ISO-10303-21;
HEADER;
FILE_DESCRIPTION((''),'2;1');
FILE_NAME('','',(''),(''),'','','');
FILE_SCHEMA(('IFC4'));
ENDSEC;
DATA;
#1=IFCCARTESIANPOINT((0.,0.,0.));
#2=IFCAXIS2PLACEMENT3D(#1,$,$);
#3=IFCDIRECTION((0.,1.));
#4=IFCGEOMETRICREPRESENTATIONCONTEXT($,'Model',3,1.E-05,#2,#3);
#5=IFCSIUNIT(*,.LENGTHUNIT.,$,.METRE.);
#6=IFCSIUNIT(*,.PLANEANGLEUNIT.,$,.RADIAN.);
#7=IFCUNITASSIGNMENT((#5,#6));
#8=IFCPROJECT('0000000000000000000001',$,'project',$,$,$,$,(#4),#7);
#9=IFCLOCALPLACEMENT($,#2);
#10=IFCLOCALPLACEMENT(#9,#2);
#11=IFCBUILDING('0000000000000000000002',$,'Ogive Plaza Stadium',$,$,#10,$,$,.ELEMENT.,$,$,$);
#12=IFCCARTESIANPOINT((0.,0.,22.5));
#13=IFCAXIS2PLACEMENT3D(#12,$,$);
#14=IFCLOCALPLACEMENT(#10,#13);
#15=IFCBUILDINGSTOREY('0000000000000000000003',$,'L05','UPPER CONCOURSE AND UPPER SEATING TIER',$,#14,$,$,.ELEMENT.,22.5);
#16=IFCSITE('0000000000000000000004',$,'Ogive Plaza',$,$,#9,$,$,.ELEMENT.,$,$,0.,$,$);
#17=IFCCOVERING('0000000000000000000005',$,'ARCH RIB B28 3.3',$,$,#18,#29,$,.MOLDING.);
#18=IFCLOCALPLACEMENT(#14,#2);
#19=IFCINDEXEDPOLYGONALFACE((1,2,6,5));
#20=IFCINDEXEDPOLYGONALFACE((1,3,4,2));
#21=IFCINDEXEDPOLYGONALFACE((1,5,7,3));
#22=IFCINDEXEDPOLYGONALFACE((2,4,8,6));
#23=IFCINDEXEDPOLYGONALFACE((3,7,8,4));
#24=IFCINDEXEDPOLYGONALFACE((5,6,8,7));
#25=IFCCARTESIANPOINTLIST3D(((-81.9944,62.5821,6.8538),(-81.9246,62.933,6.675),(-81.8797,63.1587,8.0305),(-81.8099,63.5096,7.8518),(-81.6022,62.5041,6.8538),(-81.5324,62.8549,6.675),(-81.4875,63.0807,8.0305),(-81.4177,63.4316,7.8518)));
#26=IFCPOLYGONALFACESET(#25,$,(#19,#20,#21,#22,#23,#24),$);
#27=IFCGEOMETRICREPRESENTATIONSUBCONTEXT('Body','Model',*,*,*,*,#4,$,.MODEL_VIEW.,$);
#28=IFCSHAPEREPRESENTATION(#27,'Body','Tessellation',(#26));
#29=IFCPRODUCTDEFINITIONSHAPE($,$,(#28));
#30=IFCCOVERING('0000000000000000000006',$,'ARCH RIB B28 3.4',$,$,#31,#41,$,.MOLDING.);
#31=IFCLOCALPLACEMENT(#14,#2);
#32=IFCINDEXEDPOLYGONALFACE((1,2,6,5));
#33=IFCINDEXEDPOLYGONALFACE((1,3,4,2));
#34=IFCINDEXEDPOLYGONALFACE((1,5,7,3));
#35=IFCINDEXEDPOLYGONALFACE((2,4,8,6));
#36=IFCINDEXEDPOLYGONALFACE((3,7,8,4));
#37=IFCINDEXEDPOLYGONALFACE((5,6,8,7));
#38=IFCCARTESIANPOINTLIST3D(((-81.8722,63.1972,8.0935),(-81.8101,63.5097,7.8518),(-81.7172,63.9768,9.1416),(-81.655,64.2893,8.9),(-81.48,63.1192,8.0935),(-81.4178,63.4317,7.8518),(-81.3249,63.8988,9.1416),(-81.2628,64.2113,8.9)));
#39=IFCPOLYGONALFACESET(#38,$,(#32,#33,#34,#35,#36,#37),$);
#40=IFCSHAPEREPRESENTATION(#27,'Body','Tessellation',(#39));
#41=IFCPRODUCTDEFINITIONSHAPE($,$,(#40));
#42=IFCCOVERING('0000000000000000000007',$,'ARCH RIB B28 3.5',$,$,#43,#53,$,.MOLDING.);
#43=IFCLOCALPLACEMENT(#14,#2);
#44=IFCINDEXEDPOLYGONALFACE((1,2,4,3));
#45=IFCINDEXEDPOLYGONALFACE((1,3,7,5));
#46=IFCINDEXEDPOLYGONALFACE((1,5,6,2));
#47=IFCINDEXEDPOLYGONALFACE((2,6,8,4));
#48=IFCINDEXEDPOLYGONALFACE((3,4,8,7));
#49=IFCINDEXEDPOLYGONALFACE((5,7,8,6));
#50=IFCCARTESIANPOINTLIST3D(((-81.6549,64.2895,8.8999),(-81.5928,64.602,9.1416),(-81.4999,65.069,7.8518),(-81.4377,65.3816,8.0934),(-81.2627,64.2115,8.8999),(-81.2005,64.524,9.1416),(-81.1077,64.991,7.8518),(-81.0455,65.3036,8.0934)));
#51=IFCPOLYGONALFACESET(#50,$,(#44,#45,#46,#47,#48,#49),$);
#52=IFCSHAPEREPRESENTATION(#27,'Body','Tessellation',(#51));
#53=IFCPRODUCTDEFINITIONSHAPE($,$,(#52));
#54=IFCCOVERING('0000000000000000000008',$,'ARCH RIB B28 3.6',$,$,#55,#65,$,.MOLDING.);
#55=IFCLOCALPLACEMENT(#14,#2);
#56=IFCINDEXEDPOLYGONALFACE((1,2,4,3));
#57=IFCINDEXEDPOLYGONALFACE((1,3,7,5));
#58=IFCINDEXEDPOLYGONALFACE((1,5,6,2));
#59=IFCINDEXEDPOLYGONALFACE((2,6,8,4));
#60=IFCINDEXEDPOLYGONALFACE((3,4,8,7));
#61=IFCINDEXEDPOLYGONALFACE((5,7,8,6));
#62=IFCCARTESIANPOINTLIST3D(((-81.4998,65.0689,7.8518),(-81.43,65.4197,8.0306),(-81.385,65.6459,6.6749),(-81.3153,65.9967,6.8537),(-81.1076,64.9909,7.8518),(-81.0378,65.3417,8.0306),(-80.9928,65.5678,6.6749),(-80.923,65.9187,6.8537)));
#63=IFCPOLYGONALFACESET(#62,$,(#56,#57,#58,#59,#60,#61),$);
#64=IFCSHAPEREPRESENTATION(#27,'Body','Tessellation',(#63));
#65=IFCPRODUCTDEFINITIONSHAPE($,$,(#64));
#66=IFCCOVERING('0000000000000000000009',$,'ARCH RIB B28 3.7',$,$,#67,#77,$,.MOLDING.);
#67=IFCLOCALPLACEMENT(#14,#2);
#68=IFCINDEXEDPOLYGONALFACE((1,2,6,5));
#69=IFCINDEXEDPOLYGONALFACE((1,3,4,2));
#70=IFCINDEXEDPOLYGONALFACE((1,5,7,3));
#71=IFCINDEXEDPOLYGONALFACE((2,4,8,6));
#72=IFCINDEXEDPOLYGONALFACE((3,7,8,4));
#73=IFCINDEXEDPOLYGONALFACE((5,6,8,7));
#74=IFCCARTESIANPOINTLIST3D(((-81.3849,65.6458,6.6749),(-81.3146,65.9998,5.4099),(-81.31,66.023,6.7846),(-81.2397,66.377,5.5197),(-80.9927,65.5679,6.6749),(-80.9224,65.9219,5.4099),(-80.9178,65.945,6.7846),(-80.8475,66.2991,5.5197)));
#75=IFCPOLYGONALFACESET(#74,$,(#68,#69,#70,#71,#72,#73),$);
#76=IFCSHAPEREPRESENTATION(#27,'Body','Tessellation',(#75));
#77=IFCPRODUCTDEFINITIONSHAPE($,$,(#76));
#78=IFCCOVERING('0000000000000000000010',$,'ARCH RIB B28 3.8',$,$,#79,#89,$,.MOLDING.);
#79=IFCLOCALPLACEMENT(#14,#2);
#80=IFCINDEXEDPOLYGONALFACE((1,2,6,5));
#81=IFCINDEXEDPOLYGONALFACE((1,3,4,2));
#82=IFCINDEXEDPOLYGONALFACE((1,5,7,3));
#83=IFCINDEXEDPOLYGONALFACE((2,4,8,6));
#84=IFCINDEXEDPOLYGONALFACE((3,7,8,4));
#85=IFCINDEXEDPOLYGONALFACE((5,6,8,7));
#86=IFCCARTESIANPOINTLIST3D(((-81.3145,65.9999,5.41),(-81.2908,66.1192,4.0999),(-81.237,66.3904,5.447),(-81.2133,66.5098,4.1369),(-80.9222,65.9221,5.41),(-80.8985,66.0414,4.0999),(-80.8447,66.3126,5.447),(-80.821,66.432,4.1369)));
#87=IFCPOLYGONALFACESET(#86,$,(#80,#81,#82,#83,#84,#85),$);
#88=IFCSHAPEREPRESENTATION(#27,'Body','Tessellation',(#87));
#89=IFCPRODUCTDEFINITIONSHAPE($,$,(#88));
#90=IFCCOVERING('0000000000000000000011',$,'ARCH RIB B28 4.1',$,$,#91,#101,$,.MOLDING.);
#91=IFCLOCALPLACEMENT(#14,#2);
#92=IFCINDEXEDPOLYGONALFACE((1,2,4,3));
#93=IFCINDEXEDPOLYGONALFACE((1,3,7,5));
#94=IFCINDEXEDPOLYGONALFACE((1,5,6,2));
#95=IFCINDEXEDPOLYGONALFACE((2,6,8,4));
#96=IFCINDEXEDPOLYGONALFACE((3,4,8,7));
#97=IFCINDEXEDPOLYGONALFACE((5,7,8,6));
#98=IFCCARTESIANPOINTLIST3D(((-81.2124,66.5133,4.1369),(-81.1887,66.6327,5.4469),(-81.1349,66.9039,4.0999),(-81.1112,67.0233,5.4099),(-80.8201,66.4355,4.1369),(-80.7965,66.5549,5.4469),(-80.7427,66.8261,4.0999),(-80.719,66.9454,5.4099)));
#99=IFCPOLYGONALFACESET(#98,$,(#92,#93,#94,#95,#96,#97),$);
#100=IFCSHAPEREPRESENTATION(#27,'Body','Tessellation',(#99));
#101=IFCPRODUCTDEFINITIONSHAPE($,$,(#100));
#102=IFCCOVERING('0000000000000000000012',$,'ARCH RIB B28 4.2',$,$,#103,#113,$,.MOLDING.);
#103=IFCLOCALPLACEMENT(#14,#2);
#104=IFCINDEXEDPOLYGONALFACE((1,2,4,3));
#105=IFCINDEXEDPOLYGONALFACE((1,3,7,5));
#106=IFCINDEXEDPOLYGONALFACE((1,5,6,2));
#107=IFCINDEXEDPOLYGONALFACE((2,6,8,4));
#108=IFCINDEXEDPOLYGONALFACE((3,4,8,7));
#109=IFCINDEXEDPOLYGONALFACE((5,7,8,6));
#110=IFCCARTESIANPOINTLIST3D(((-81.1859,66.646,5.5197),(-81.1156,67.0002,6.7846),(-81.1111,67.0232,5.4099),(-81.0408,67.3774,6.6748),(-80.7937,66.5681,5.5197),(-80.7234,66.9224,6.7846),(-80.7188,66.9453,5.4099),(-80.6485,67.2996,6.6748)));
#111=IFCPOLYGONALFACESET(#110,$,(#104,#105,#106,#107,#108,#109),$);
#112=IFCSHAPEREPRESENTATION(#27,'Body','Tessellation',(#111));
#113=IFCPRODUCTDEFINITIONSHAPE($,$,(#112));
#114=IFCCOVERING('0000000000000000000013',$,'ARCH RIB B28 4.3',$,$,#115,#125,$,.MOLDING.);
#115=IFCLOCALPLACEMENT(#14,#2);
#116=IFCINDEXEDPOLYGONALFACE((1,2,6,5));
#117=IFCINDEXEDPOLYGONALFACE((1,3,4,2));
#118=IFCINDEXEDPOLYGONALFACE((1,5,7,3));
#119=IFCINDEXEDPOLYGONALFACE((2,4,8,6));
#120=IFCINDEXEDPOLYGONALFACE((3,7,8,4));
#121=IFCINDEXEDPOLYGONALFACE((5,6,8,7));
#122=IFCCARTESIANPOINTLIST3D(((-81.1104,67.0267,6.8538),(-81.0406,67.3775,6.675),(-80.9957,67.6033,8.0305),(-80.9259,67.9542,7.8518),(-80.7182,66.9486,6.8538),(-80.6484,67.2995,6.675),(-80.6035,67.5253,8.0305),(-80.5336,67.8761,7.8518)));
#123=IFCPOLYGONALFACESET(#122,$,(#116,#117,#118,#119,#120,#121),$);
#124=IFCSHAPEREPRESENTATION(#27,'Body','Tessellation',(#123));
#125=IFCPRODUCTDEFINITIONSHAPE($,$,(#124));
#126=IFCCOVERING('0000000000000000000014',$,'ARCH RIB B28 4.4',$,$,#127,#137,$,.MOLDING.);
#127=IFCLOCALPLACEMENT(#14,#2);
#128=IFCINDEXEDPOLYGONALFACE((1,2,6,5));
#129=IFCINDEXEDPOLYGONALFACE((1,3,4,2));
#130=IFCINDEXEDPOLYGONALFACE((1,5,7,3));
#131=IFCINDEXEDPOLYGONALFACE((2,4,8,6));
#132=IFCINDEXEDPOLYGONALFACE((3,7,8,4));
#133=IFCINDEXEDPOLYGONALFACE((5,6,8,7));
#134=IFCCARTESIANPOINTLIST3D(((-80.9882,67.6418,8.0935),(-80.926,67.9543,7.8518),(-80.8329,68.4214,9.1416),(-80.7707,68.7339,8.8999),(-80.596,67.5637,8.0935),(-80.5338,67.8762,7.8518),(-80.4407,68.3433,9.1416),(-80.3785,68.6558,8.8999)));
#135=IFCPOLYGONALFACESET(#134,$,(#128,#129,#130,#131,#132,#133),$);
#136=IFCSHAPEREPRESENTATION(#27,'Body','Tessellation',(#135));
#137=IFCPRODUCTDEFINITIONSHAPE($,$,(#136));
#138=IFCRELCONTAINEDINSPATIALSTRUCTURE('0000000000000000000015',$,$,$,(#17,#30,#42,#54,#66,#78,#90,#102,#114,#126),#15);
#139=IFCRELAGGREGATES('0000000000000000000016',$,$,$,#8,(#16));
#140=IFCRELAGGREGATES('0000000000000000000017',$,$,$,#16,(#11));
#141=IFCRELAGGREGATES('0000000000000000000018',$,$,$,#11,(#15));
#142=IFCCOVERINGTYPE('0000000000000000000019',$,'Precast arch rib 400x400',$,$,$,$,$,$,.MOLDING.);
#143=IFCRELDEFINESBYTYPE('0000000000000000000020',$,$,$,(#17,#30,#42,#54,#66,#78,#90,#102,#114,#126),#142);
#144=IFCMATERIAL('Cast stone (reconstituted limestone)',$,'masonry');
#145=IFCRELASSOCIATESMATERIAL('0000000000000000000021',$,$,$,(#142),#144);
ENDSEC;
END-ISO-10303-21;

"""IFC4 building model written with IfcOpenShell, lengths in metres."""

from ifc_helpers import new_model, si_unit, direction, frame, origin, origin_2d, place, context, subcontext, project, spatial, rectangle, extrude, material, material_profile, profile_set, type_object, element, save


model = new_model("IFC4")

# Units and contexts
model_context = context("Model", 3, precision=1e-05, world=origin(), true_north=direction((0.0, 1.0)))
body_context = subcontext(model_context, "Body", "Model", "MODEL_VIEW")
ifc_project = project(units=[si_unit("LENGTHUNIT", "METRE"), si_unit("PLANEANGLEUNIT", "RADIAN")], contexts=[model_context])

# Site, building, storey
site_placement = place(None, origin())
site = spatial("IfcSite", under=ifc_project, at=site_placement, Name="Ogive Plaza", CompositionType="ELEMENT", RefElevation=0.0)
building_placement = place(site_placement, origin())
building = spatial("IfcBuilding", under=site, at=building_placement, Name="Ogive Plaza Stadium", CompositionType="ELEMENT")
storey_placement = place(building_placement, frame((0.0, 0.0, 22.5)))
storey = spatial("IfcBuildingStorey", under=building, at=storey_placement, Name="L05", Description="UPPER CONCOURSE AND UPPER SEATING TIER", CompositionType="ELEMENT", Elevation=22.5)

# Coverings
ifc_material_1 = material(Name="Cast stone (reconstituted limestone)", Category="masonry")
ifc_material_profile_1 = material_profile(ifc_material_1, rectangle(XDim=0.3999, YDim=0.3999, at=origin_2d()), Name="Cast stone 400x400")
ifc_profile_set_1 = profile_set([ifc_material_profile_1], Name="Cast stone (reconstituted limestone)")
covering_type = type_object("IfcCoveringType", Name="Precast arch rib 400x400", PredefinedType="MOLDING", material=ifc_profile_set_1)
for number, where, z_axis, x_axis, name in (
    (1, (-81.7634, 62.7185, 6.7644), (0.087228, 0.438368, 0.894553), (-0.980772, 0.195158, 0.0), "ARCH RIB B28 3.3"),
    (2, (-81.645, 63.3145, 7.9727), (0.117859, 0.592636, 0.796801), (-0.980793, 0.195053, 0.0), "ARCH RIB B28 3.4"),
    (3, (-81.4277, 64.4067, 9.0208), (0.117859, 0.592636, -0.796801), (-0.980793, 0.195053, 0.0), "ARCH RIB B28 3.5"),
):
    element("IfcCovering", number, at=place(storey_placement, frame(where, z_axis=z_axis, x_axis=x_axis)), inside=storey, type_object=covering_type, Name=name, PredefinedType="MOLDING", context=body_context, shape_type="SweptSolid", body=[
        extrude(rectangle(XDim=0.3999, YDim=0.3999, at=origin_2d()), origin(), (0.0, 0.0, 1.0), 1.3154),
    ])
covering_1_placement = place(storey_placement, frame((-81.2688, 65.2053, 7.9412), z_axis=(0.087221, 0.438518, -0.89448), x_axis=(-0.980788, 0.195078, 0.0)))
element("IfcCovering", 4, at=covering_1_placement, inside=storey, type_object=covering_type, Name="ARCH RIB B28 3.6", PredefinedType="MOLDING", context=body_context, shape_type="SweptSolid", body=[
    extrude(rectangle(XDim=0.3999, YDim=0.3999, at=origin_2d()), origin(), (0.0, 0.0, 1.0), 1.3157),
])
covering_2_placement = place(storey_placement, frame((-81.1514, 65.7954, 6.7297), z_axis=(0.053454, 0.269127, -0.96162), x_axis=(-0.98084, 0.194815, 0.0)))
element("IfcCovering", 5, at=covering_2_placement, inside=storey, type_object=covering_type, Name="ARCH RIB B28 3.7", PredefinedType="MOLDING", context=body_context, shape_type="SweptSolid", body=[
    extrude(rectangle(XDim=0.3999, YDim=0.3999, at=origin_2d()), origin(), (0.0, 0.0, 1.0), 1.3154),
])
for number, where, z_axis, x_axis, name in (
    (6, (-81.0796, 66.1562, 5.4285), (0.017999, 0.090739, -0.995712), (-0.980888, 0.194573, 0.0), "ARCH RIB B28 3.8"),
    (7, (-80.9775, 66.6697, 4.1184), (0.017999, 0.090739, 0.995712), (-0.980888, 0.194573, 0.0), "ARCH RIB B28 4.1"),
):
    element("IfcCovering", number, at=place(storey_placement, frame(where, z_axis=z_axis, x_axis=x_axis)), inside=storey, type_object=covering_type, Name=name, PredefinedType="MOLDING", context=body_context, shape_type="SweptSolid", body=[
        extrude(rectangle(XDim=0.3999, YDim=0.3999, at=origin_2d()), origin(), (0.0, 0.0, 1.0), 1.3157),
    ])
for number, where, z_axis, x_axis, name in (
    (8, (-80.9524, 66.7957, 5.4648), (0.053452, 0.2693, 0.961572), (-0.980866, 0.194686, 0.0), "ARCH RIB B28 4.2"),
    (9, (-80.8794, 67.1631, 6.7644), (0.087228, 0.438368, 0.894553), (-0.980772, 0.195158, 0.0), "ARCH RIB B28 4.3"),
    (10, (-80.761, 67.759, 7.9727), (0.118042, 0.592623, 0.796784), (-0.980734, 0.195348, 0.0), "ARCH RIB B28 4.4"),
):
    element("IfcCovering", number, at=place(storey_placement, frame(where, z_axis=z_axis, x_axis=x_axis)), inside=storey, type_object=covering_type, Name=name, PredefinedType="MOLDING", context=body_context, shape_type="SweptSolid", body=[
        extrude(rectangle(XDim=0.3999, YDim=0.3999, at=origin_2d()), origin(), (0.0, 0.0, 1.0), 1.3154),
    ])

save(model, "model.ifc")
